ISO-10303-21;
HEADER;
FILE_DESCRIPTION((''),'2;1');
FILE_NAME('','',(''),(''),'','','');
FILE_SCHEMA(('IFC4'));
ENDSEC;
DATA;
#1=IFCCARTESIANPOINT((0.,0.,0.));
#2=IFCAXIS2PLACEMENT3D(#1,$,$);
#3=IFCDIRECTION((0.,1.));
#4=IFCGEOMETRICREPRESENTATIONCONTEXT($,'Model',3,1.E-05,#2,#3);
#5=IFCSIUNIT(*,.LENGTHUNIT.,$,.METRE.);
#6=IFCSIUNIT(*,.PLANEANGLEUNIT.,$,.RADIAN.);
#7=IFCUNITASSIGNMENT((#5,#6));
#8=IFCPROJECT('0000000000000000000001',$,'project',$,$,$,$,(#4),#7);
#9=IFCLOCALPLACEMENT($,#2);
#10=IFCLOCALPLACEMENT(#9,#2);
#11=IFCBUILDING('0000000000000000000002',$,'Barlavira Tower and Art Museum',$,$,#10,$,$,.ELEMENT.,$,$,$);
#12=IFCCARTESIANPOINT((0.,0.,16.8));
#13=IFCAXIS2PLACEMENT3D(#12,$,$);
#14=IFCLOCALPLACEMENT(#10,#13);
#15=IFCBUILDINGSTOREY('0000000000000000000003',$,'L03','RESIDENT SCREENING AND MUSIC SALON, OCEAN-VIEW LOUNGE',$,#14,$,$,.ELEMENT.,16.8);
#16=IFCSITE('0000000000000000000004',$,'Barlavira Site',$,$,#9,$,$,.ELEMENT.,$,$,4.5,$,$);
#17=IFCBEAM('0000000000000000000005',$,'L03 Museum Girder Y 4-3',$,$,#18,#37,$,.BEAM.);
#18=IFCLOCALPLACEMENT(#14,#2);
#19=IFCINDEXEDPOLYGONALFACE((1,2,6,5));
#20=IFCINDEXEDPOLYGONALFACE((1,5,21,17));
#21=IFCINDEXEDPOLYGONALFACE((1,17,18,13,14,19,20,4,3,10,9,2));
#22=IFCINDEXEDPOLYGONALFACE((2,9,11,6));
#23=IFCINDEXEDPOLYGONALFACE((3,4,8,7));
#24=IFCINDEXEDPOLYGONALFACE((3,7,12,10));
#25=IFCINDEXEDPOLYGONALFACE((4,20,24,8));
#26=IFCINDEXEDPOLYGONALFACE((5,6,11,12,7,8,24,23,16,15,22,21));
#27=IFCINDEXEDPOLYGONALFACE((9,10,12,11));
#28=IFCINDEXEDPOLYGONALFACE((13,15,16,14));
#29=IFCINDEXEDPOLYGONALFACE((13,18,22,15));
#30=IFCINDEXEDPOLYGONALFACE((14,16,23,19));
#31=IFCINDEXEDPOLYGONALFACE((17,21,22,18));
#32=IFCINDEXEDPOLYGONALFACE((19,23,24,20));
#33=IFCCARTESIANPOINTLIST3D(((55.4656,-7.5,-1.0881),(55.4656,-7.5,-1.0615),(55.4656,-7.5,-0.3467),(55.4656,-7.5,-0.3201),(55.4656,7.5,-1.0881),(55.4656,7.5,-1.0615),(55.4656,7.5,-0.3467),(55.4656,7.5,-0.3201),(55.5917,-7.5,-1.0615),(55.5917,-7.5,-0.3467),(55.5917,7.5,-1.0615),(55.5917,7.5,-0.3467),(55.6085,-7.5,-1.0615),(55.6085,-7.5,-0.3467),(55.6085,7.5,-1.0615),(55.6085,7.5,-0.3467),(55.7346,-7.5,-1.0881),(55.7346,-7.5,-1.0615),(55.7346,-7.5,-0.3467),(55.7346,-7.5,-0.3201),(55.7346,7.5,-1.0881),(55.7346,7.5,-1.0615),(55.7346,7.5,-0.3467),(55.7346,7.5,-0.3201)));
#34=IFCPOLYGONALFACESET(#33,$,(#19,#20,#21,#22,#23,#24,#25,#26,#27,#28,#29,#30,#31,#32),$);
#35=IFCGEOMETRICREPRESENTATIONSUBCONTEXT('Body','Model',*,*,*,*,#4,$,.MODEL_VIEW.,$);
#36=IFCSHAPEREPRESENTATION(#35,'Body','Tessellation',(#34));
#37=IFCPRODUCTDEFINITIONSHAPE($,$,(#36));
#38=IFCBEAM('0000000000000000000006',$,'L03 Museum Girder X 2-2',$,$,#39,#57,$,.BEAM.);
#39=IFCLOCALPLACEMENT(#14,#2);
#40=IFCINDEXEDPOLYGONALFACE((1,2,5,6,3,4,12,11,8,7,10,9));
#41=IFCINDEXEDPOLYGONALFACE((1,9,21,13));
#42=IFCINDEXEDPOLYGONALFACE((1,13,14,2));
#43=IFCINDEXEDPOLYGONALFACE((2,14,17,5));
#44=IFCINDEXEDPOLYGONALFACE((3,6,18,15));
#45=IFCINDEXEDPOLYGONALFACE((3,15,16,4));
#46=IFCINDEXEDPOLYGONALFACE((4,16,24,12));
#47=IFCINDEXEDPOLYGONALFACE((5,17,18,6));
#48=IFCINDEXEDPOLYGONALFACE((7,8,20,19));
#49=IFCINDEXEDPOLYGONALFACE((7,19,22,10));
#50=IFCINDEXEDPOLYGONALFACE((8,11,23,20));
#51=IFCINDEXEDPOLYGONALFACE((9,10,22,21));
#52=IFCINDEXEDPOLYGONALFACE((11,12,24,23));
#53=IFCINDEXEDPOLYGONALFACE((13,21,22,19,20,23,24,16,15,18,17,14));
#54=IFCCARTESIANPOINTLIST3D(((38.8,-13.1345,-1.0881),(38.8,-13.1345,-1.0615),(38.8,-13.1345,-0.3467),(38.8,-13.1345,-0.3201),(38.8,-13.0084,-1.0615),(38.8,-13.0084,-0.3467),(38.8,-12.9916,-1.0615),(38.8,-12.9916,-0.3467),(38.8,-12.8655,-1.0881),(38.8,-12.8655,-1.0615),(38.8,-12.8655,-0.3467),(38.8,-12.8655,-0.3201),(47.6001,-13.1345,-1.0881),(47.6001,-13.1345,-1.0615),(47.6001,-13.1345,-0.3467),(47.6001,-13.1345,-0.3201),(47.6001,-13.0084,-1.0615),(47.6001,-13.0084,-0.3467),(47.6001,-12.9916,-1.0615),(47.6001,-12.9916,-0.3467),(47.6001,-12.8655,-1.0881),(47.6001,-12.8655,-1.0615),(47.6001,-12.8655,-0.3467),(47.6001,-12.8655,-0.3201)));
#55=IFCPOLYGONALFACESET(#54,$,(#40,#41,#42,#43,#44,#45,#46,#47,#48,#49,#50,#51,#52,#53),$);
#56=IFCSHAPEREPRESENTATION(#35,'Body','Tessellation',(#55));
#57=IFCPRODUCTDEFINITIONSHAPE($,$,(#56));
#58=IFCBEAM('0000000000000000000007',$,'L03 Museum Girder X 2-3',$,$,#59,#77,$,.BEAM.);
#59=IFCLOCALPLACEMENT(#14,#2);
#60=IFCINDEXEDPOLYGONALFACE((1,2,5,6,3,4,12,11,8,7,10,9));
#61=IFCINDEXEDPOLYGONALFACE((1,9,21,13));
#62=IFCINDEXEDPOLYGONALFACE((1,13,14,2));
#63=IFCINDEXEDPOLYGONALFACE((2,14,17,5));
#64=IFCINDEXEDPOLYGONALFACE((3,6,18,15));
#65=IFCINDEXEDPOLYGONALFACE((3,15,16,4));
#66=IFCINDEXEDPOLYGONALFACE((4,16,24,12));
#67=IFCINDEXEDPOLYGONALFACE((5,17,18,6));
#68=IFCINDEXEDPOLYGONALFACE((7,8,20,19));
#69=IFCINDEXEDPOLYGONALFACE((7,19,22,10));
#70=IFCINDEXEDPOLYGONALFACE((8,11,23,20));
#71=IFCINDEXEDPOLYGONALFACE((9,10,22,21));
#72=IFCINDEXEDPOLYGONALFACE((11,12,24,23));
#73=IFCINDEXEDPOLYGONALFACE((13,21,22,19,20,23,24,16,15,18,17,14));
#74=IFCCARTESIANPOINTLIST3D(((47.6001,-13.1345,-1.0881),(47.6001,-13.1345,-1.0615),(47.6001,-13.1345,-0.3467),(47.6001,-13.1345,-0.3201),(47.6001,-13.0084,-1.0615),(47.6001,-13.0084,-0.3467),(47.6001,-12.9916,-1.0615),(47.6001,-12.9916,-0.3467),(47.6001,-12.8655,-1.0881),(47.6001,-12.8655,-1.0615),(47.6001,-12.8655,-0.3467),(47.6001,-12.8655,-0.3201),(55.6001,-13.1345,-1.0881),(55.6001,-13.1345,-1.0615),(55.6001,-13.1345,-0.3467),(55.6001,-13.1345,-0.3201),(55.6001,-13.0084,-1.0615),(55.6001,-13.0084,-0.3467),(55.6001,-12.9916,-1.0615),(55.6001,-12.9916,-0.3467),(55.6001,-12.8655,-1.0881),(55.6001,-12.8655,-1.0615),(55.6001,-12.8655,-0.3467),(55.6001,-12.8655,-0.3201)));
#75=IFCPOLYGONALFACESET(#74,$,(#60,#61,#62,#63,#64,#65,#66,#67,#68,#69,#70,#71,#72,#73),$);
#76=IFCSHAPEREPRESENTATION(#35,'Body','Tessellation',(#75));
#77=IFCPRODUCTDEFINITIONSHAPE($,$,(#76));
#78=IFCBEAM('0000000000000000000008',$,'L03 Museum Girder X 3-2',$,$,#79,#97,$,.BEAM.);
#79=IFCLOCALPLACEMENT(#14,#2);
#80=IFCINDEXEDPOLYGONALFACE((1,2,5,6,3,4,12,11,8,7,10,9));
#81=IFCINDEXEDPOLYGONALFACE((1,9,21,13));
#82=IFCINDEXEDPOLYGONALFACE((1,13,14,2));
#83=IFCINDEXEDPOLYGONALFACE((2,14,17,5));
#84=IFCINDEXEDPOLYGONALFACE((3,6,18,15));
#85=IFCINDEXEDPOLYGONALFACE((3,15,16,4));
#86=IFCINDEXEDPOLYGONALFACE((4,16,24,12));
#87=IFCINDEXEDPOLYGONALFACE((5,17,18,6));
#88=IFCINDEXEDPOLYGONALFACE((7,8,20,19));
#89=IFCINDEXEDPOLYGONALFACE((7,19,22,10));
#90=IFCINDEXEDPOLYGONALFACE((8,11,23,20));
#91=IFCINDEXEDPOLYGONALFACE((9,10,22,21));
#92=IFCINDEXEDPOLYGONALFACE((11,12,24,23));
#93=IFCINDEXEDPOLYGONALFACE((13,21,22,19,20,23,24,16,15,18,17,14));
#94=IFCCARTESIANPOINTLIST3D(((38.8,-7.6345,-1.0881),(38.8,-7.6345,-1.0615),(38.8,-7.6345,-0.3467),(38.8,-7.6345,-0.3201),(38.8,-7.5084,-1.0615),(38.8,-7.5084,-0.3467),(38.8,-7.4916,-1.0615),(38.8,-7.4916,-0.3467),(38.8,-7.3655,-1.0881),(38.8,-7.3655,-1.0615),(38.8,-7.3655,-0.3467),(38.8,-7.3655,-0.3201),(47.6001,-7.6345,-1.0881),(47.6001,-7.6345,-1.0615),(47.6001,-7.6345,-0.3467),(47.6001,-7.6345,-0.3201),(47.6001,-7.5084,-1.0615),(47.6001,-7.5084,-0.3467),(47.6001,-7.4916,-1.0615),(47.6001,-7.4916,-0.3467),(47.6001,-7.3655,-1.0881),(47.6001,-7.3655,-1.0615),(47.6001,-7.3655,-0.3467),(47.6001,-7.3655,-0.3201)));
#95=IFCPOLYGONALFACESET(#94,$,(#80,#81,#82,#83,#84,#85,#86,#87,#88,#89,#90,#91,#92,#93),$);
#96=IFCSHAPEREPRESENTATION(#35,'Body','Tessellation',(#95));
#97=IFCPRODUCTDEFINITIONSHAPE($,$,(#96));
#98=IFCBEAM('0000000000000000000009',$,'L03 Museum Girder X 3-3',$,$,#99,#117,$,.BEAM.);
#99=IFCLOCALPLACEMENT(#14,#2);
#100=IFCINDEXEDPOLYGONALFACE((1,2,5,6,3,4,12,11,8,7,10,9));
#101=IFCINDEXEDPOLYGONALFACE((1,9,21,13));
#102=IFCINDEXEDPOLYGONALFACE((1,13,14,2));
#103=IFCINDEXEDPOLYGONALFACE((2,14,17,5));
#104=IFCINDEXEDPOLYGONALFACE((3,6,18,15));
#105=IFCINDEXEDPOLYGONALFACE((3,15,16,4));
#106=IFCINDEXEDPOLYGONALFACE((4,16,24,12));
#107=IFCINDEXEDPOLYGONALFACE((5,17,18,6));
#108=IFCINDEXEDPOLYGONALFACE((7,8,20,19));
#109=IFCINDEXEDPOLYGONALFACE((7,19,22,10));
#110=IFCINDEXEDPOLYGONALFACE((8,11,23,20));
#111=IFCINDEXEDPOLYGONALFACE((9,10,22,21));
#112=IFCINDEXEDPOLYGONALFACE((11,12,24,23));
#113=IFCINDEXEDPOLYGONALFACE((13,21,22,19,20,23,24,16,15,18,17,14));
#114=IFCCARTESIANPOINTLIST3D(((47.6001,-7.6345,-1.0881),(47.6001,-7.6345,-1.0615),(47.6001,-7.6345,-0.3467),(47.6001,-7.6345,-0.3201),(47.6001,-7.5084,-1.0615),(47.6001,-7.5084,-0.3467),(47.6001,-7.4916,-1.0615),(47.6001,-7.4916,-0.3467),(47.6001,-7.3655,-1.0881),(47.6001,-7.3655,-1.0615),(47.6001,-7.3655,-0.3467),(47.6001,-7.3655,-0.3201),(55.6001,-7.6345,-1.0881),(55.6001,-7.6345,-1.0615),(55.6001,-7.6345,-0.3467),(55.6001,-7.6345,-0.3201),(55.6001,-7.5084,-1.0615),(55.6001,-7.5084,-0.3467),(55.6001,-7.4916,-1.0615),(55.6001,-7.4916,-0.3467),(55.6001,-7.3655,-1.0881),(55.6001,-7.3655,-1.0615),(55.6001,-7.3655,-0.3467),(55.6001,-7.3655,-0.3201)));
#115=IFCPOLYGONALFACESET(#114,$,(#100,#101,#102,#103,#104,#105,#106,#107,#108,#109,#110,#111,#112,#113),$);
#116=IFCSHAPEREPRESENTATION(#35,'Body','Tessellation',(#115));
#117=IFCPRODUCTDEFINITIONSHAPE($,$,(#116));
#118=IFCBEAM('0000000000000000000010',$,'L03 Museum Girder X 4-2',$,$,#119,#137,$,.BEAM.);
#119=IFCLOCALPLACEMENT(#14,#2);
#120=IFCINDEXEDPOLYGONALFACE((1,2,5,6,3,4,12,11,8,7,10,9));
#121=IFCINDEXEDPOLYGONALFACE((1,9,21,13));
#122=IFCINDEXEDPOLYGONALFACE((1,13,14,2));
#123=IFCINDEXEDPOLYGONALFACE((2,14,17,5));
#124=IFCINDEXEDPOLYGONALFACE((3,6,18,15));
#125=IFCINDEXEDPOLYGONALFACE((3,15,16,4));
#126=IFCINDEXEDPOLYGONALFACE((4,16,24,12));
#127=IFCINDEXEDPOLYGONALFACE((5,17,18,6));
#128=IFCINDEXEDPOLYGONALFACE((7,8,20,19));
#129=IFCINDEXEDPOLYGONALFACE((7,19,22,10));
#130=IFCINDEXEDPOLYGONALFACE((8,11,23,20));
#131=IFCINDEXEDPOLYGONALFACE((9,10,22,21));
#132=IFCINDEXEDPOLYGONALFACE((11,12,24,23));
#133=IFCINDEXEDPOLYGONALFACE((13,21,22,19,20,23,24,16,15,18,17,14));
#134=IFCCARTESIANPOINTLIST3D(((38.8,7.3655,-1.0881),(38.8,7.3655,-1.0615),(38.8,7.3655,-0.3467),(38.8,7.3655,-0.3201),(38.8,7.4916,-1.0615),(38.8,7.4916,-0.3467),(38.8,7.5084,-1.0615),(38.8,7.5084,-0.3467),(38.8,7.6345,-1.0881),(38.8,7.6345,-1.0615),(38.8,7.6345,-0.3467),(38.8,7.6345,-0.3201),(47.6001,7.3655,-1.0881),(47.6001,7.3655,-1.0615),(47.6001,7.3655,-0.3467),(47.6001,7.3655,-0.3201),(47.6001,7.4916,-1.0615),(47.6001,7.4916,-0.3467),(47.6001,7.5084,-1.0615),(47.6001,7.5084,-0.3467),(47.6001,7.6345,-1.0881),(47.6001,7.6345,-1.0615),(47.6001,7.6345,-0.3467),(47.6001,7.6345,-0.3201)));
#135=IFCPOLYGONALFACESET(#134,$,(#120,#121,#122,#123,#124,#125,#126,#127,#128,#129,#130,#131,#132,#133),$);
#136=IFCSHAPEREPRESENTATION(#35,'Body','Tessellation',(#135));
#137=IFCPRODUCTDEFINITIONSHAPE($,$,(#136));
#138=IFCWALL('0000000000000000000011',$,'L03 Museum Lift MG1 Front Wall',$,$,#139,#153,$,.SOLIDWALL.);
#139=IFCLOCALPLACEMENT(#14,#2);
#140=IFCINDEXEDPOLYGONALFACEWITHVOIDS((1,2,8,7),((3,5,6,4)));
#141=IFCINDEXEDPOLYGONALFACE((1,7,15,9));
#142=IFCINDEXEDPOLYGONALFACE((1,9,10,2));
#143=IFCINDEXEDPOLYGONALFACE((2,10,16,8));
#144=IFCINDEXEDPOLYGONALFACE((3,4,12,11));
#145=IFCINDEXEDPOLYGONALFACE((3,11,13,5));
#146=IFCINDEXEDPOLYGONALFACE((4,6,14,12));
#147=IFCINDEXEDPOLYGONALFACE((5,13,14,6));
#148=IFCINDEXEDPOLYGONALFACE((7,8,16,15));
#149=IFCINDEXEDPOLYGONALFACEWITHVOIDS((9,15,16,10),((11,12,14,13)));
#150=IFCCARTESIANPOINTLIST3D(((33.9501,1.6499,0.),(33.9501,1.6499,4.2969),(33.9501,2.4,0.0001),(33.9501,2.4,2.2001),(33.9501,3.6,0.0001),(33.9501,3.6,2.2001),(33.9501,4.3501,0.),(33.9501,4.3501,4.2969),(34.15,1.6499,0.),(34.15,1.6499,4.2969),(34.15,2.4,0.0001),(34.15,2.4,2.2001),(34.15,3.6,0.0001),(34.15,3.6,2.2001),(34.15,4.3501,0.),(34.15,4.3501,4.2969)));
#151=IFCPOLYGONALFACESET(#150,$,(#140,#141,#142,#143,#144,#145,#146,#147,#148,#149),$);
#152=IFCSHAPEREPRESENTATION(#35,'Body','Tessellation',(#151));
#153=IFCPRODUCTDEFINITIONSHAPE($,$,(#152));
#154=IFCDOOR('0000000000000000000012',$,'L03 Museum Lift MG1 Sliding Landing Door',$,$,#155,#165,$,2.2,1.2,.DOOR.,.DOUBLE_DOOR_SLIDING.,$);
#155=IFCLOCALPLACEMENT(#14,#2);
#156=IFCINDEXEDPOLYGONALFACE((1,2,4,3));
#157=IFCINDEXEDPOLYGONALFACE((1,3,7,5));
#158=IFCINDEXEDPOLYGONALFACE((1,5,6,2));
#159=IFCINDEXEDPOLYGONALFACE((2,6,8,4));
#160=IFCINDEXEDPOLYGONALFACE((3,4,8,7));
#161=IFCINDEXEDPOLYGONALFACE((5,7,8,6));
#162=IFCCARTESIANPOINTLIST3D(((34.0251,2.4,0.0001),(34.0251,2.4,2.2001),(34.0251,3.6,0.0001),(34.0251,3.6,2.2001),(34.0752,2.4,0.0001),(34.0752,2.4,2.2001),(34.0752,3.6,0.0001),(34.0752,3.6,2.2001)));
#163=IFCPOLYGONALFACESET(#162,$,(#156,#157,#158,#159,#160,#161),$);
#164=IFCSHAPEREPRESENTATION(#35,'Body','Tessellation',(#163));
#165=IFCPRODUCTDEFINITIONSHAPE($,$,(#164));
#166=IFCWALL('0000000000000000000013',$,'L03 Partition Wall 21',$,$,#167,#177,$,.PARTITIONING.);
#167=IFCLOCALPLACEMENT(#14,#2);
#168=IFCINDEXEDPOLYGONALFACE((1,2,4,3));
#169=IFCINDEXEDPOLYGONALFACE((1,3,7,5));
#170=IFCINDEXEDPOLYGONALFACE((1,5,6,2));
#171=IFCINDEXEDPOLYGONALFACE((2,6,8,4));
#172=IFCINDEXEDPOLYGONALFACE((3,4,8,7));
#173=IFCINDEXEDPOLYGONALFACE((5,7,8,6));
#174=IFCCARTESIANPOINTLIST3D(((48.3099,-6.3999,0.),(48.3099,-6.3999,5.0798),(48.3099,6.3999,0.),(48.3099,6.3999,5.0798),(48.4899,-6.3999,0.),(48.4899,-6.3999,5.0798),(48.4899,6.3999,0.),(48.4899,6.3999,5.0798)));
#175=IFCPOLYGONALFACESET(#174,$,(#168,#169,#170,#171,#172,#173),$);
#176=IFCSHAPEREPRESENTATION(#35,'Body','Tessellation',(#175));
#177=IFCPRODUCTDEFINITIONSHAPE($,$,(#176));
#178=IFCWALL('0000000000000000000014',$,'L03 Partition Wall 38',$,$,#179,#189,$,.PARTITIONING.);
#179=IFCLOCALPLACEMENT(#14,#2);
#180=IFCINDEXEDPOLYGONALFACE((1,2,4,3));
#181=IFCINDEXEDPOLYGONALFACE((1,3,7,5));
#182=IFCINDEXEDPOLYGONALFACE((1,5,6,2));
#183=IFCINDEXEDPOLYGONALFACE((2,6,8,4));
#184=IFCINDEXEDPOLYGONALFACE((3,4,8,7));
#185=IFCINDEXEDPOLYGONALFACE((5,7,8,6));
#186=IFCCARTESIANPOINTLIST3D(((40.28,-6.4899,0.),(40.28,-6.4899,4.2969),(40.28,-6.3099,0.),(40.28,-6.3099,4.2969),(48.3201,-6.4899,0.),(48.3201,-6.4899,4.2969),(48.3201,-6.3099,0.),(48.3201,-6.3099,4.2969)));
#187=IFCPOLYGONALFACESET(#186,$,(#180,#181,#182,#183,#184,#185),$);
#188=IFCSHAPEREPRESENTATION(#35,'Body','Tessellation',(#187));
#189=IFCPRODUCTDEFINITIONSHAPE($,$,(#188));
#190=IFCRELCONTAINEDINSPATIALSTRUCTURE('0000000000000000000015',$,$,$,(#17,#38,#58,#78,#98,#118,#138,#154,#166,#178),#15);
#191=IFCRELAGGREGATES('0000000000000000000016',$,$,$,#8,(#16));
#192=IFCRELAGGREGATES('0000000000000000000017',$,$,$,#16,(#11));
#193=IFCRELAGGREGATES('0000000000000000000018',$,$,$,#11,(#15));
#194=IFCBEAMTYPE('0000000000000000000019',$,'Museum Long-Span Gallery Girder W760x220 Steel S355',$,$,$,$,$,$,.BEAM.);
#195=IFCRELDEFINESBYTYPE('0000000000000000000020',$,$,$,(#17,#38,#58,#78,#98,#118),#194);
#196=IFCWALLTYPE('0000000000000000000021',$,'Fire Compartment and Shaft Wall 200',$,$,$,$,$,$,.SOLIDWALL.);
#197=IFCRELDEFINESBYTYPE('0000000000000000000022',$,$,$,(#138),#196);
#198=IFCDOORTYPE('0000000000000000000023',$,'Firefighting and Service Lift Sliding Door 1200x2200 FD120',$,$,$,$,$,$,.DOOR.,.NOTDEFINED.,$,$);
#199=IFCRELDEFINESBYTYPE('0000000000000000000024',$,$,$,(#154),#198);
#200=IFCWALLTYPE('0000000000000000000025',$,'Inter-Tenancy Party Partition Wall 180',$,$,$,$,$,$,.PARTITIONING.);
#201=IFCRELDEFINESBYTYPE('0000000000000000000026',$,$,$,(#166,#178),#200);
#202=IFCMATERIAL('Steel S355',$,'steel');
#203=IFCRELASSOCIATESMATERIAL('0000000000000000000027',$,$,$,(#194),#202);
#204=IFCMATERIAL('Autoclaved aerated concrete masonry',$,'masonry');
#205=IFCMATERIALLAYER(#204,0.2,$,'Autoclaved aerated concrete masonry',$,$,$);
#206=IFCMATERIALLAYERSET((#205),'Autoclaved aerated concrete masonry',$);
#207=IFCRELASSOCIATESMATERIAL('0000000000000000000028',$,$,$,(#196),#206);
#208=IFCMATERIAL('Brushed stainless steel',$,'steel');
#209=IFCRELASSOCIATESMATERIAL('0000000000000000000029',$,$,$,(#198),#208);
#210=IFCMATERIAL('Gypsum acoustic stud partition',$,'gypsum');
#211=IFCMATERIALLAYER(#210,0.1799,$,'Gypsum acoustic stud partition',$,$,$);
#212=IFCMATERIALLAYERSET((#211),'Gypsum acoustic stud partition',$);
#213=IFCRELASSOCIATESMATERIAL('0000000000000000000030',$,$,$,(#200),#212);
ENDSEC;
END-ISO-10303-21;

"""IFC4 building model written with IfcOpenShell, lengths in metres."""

from ifc_helpers import new_model, si_unit, direction, frame, frame_2d, origin, origin_2d, place, context, subcontext, project, spatial, rectangle, i_section, extrude, material, layer, layer_set, material_profile, profile_set, type_object, element, fill, save


model = new_model("IFC4")

# Units and contexts
model_context = context("Model", 3, precision=1e-05, world=origin(), true_north=direction((0.0, 1.0)))
body_context = subcontext(model_context, "Body", "Model", "MODEL_VIEW")
ifc_project = project(units=[si_unit("LENGTHUNIT", "METRE"), si_unit("PLANEANGLEUNIT", "RADIAN")], contexts=[model_context])

# Site, building, storey
site_placement = place(None, origin())
site = spatial("IfcSite", under=ifc_project, at=site_placement, Name="Barlavira Site", CompositionType="ELEMENT", RefElevation=4.5)
building_placement = place(site_placement, origin())
building = spatial("IfcBuilding", under=site, at=building_placement, Name="Barlavira Tower and Art Museum", CompositionType="ELEMENT")
storey_placement = place(building_placement, frame((0.0, 0.0, 16.8)))
storey = spatial("IfcBuildingStorey", under=building, at=storey_placement, Name="L03", Description="RESIDENT SCREENING AND MUSIC SALON, OCEAN-VIEW LOUNGE", CompositionType="ELEMENT", Elevation=16.8)

# Beams
ifc_material_1 = material(Name="Steel S355", Category="steel")
ifc_material_profile_1 = material_profile(ifc_material_1, i_section(OverallWidth=0.269, OverallDepth=0.7681, WebThickness=0.0168, FlangeThickness=0.0266, at=origin_2d()), Name="W760x220.0")
ifc_profile_set_1 = profile_set([ifc_material_profile_1], Name="Steel S355")
beam_type = type_object("IfcBeamType", Name="Museum Long-Span Gallery Girder W760x220 Steel S355", PredefinedType="BEAM", material=ifc_profile_set_1)
beam_1_placement = place(storey_placement, frame((55.6001, -7.5, -0.7041), z_axis=(0.0, 1.0, 0.0), x_axis=(-1.0, 0.0, 0.0)))
element("IfcBeam", 1, at=beam_1_placement, inside=storey, type_object=beam_type, Name="L03 Museum Girder Y 4-3", PredefinedType="BEAM", context=body_context, shape_type="SweptSolid", body=[
    extrude(i_section(OverallWidth=0.269, OverallDepth=0.7681, WebThickness=0.0168, FlangeThickness=0.0266, at=origin_2d()), origin(), (0.0, 0.0, 1.0), 15.0),
])
beam_2_placement = place(storey_placement, frame((38.8, -13.0, -0.7041), z_axis=(1.0, 0.0, 0.0), x_axis=(0.0, 1.0, 0.0)))
element("IfcBeam", 2, at=beam_2_placement, inside=storey, type_object=beam_type, Name="L03 Museum Girder X 2-2", PredefinedType="BEAM", context=body_context, shape_type="SweptSolid", body=[
    extrude(i_section(OverallWidth=0.269, OverallDepth=0.7681, WebThickness=0.0168, FlangeThickness=0.0266, at=origin_2d()), origin(), (0.0, 0.0, 1.0), 8.8),
])
beam_3_placement = place(storey_placement, frame((47.6001, -13.0, -0.7041), z_axis=(1.0, 0.0, 0.0), x_axis=(0.0, 1.0, 0.0)))
element("IfcBeam", 3, at=beam_3_placement, inside=storey, type_object=beam_type, Name="L03 Museum Girder X 2-3", PredefinedType="BEAM", context=body_context, shape_type="SweptSolid", body=[
    extrude(i_section(OverallWidth=0.269, OverallDepth=0.7681, WebThickness=0.0168, FlangeThickness=0.0266, at=origin_2d()), origin(), (0.0, 0.0, 1.0), 8.0),
])
beam_4_placement = place(storey_placement, frame((38.8, -7.5, -0.7041), z_axis=(1.0, 0.0, 0.0), x_axis=(0.0, 1.0, 0.0)))
element("IfcBeam", 4, at=beam_4_placement, inside=storey, type_object=beam_type, Name="L03 Museum Girder X 3-2", PredefinedType="BEAM", context=body_context, shape_type="SweptSolid", body=[
    extrude(i_section(OverallWidth=0.269, OverallDepth=0.7681, WebThickness=0.0168, FlangeThickness=0.0266, at=origin_2d()), origin(), (0.0, 0.0, 1.0), 8.8),
])
beam_5_placement = place(storey_placement, frame((47.6001, -7.5, -0.7041), z_axis=(1.0, 0.0, 0.0), x_axis=(0.0, 1.0, 0.0)))
element("IfcBeam", 5, at=beam_5_placement, inside=storey, type_object=beam_type, Name="L03 Museum Girder X 3-3", PredefinedType="BEAM", context=body_context, shape_type="SweptSolid", body=[
    extrude(i_section(OverallWidth=0.269, OverallDepth=0.7681, WebThickness=0.0168, FlangeThickness=0.0266, at=origin_2d()), origin(), (0.0, 0.0, 1.0), 8.0),
])
beam_6_placement = place(storey_placement, frame((38.8, 7.5, -0.7041), z_axis=(1.0, 0.0, 0.0), x_axis=(0.0, 1.0, 0.0)))
element("IfcBeam", 6, at=beam_6_placement, inside=storey, type_object=beam_type, Name="L03 Museum Girder X 4-2", PredefinedType="BEAM", context=body_context, shape_type="SweptSolid", body=[
    extrude(i_section(OverallWidth=0.269, OverallDepth=0.7681, WebThickness=0.0168, FlangeThickness=0.0266, at=origin_2d()), origin(), (0.0, 0.0, 1.0), 8.8),
])

# Wall, opening, door
ifc_material_2 = material(Name="Autoclaved aerated concrete masonry", Category="masonry")
ifc_layer_1 = layer(ifc_material_2, 0.2, Name="Autoclaved aerated concrete masonry")
ifc_layer_set_1 = layer_set([ifc_layer_1], Name="Autoclaved aerated concrete masonry")
wall_type_1 = type_object("IfcWallType", Name="Fire Compartment and Shaft Wall 200", PredefinedType="SOLIDWALL", material=ifc_layer_set_1)
ifc_material_3 = material(Name="Brushed stainless steel", Category="steel")
wall_1_placement = place(storey_placement, frame((34.05, 1.6499, 0.0), z_axis=(0.0, 0.0, 1.0), x_axis=(0.0, 1.0, 0.0)))
wall_1 = element("IfcWall", 7, at=wall_1_placement, inside=storey, type_object=wall_type_1, Name="L03 Museum Lift MG1 Front Wall", PredefinedType="SOLIDWALL", context=body_context, shape_type="SweptSolid", body=[
    extrude(rectangle(XDim=2.7002, YDim=0.2, at=frame_2d((1.3501, 0.0))), origin(), (0.0, 0.0, 1.0), 4.2969),
])
opening_1_placement = place(wall_1_placement, frame((0.75, 0.0, 0.0)))
opening_1 = element("IfcOpeningElement", 8, at=opening_1_placement, cuts=wall_1, PredefinedType="OPENING", context=body_context, shape_type="SweptSolid", body=[
    extrude(rectangle(XDim=1.2, YDim=2.2, at=frame_2d((0.6001, 1.1001))), frame((0.0, 0.1099, 0.0), z_axis=(0.0, -1.0, 0.0), x_axis=(1.0, 0.0, 0.0)), (0.0, 0.0, 1.0), 0.22),
])
door_type_1 = type_object("IfcDoorType", Name="Firefighting and Service Lift Sliding Door 1200x2200 FD120", OperationType="NOTDEFINED", PredefinedType="DOOR", material=ifc_material_3)
door_1_placement = place(opening_1_placement, origin())
door_1 = element("IfcDoor", 9, at=door_1_placement, inside=storey, type_object=door_type_1, Name="L03 Museum Lift MG1 Sliding Landing Door", OperationType="DOUBLE_DOOR_SLIDING", OverallHeight=2.2, OverallWidth=1.2, PredefinedType="DOOR", context=body_context, shape_type="SweptSolid", body=[
    extrude(rectangle(XDim=1.2, YDim=2.2, at=frame_2d((0.6001, 1.1001))), frame((0.0, 0.0249, 0.0), z_axis=(0.0, -1.0, 0.0), x_axis=(1.0, 0.0, 0.0)), (0.0, 0.0, 1.0), 0.05),
])
fill(opening_1, door_1)

# Walls
ifc_material_4 = material(Name="Gypsum acoustic stud partition", Category="gypsum")
ifc_layer_2 = layer(ifc_material_4, 0.1799, Name="Gypsum acoustic stud partition")
ifc_layer_set_2 = layer_set([ifc_layer_2], Name="Gypsum acoustic stud partition")
wall_type_2 = type_object("IfcWallType", Name="Inter-Tenancy Party Partition Wall 180", PredefinedType="PARTITIONING", material=ifc_layer_set_2)
wall_2_placement = place(storey_placement, frame((48.3999, -6.3999, 0.0), z_axis=(0.0, 0.0, 1.0), x_axis=(0.0, 1.0, 0.0)))
element("IfcWall", 10, at=wall_2_placement, inside=storey, type_object=wall_type_2, Name="L03 Partition Wall 21", PredefinedType="PARTITIONING", context=body_context, shape_type="SweptSolid", body=[
    extrude(rectangle(XDim=12.7998, YDim=0.1799, at=frame_2d((6.3999, 0.0))), origin(), (0.0, 0.0, 1.0), 5.0798),
])
wall_3_placement = place(storey_placement, frame((40.28, -6.3999, 0.0), z_axis=(0.0, 0.0, 1.0), x_axis=(1.0, 0.0, 0.0)))
element("IfcWall", 11, at=wall_3_placement, inside=storey, type_object=wall_type_2, Name="L03 Partition Wall 38", PredefinedType="PARTITIONING", context=body_context, shape_type="SweptSolid", body=[
    extrude(rectangle(XDim=8.04, YDim=0.1799, at=frame_2d((4.02, 0.0))), origin(), (0.0, 0.0, 1.0), 4.2969),
])

save(model, "model.ifc")
